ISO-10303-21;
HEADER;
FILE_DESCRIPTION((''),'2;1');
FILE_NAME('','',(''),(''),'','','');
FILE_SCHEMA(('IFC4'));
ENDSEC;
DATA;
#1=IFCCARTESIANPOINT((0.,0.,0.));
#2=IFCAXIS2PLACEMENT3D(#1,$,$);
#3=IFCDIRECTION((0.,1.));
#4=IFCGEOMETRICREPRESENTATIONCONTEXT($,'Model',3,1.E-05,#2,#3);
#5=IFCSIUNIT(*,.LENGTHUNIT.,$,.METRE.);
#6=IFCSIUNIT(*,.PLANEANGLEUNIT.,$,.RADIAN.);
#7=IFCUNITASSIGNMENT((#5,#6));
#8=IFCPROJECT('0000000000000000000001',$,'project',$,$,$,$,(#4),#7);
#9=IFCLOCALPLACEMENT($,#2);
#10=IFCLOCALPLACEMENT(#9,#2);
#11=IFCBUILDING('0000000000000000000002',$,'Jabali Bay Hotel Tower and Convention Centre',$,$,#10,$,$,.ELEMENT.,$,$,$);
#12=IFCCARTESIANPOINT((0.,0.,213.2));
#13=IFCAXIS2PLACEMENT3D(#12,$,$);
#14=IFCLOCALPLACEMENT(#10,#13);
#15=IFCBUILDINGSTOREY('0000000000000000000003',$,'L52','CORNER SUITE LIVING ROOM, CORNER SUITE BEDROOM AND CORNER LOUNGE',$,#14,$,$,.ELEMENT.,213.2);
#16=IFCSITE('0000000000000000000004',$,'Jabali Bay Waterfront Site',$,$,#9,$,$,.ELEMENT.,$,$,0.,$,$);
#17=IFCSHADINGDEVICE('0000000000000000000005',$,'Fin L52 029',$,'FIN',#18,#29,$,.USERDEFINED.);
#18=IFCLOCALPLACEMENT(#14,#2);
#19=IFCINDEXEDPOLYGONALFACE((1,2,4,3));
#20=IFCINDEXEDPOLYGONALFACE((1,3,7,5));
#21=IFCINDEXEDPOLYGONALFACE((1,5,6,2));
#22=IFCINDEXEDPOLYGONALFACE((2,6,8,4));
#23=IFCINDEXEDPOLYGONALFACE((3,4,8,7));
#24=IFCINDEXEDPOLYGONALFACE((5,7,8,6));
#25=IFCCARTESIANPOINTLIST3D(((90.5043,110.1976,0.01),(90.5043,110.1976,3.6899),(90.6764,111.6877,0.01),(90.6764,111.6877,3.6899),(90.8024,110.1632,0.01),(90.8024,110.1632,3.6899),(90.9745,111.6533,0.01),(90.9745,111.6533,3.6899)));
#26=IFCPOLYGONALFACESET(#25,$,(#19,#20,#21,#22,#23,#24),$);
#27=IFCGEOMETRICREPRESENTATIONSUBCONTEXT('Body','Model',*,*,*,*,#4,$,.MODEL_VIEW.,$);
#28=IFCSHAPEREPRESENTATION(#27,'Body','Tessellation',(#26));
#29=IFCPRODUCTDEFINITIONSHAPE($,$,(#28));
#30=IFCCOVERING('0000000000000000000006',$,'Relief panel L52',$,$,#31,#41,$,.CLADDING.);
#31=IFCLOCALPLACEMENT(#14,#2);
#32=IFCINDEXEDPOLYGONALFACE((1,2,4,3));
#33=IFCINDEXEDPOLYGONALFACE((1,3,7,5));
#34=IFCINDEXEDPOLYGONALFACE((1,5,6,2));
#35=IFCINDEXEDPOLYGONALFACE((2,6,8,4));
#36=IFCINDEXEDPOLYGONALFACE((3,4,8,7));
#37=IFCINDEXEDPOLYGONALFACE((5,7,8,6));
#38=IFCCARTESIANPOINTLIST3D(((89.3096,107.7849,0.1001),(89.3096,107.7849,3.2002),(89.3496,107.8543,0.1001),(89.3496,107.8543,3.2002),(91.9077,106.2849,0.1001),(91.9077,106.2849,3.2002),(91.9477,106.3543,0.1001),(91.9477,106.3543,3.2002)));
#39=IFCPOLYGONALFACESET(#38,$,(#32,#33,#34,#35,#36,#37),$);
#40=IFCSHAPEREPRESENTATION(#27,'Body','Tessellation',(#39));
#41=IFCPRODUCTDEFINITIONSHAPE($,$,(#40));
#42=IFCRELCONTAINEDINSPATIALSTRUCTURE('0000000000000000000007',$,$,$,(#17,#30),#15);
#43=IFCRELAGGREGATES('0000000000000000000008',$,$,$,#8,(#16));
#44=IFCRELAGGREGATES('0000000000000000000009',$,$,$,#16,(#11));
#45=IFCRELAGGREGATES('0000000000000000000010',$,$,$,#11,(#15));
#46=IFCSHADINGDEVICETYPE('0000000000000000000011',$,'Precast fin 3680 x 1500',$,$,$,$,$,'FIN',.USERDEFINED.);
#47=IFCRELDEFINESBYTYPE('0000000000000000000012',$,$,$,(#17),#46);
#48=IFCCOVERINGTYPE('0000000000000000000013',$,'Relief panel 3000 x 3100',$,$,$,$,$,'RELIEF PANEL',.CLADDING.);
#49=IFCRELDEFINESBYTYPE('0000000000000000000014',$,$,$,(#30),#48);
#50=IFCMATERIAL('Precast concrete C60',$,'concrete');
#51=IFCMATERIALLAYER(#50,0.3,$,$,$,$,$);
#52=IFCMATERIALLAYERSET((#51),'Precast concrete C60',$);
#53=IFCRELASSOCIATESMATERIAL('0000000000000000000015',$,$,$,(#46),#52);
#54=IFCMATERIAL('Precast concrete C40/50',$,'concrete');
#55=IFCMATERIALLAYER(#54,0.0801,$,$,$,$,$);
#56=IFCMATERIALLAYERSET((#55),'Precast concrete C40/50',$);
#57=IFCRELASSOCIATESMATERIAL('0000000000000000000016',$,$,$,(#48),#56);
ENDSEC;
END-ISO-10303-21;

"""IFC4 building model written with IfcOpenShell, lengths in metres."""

from ifc_helpers import new_model, si_unit, direction, frame, frame_2d, origin, origin_2d, place, context, subcontext, project, spatial, rectangle, extrude, material, layer, layer_set, type_object, element, save


model = new_model("IFC4")

# Units and contexts
model_context = context("Model", 3, precision=1e-05, world=origin(), true_north=direction((0.0, 1.0)))
body_context = subcontext(model_context, "Body", "Model", "MODEL_VIEW")
ifc_project = project(units=[si_unit("LENGTHUNIT", "METRE"), si_unit("PLANEANGLEUNIT", "RADIAN")], contexts=[model_context])

# Site, building, storey
site_placement = place(None, origin())
site = spatial("IfcSite", under=ifc_project, at=site_placement, Name="Jabali Bay Waterfront Site", CompositionType="ELEMENT", RefElevation=0.0)
building_placement = place(site_placement, origin())
building = spatial("IfcBuilding", under=site, at=building_placement, Name="Jabali Bay Hotel Tower and Convention Centre", CompositionType="ELEMENT")
storey_placement = place(building_placement, frame((0.0, 0.0, 213.2)))
storey = spatial("IfcBuildingStorey", under=building, at=storey_placement, Name="L52", Description="CORNER SUITE LIVING ROOM, CORNER SUITE BEDROOM AND CORNER LOUNGE", CompositionType="ELEMENT", Elevation=213.2)

# Shading device
ifc_material_1 = material(Name="Precast concrete C60", Category="concrete")
ifc_layer_1 = layer(ifc_material_1, 0.3)
ifc_layer_set_1 = layer_set([ifc_layer_1], Name="Precast concrete C60")
shading_device_type_1 = type_object("IfcShadingDeviceType", Name="Precast fin 3680 x 1500", ElementType="FIN", PredefinedType="USERDEFINED", material=ifc_layer_set_1)
for number, where, z_axis, x_axis, name in (
    (1, (90.6533, 110.1804, 0.01), (0.0, 0.0, 1.0), (0.114754, 0.993394, 0.0), "Fin L52 029"),
):
    element("IfcShadingDevice", number, at=place(storey_placement, frame(where, z_axis=z_axis, x_axis=x_axis)), inside=storey, type_object=shading_device_type_1, Name=name, ObjectType="FIN", PredefinedType="USERDEFINED", context=body_context, shape_type="SweptSolid", body=[
        extrude(rectangle(XDim=1.5, YDim=0.3, at=frame_2d((0.75, 0.0))), origin(), (0.0, 0.0, 1.0), 3.6799),
    ])

# Covering
ifc_material_2 = material(Name="Precast concrete C40/50", Category="concrete")
ifc_layer_2 = layer(ifc_material_2, 0.0801)
ifc_layer_set_2 = layer_set([ifc_layer_2], Name="Precast concrete C40/50")
covering_type = type_object("IfcCoveringType", Name="Relief panel 3000 x 3100", ElementType="RELIEF PANEL", PredefinedType="CLADDING", material=ifc_layer_set_2)
covering_placement = place(storey_placement, frame((90.6287, 107.0696, 0.1001), z_axis=(0.0, 0.0, 1.0), x_axis=(0.866025, -0.5, 0.0)))
element("IfcCovering", 2, at=covering_placement, inside=storey, type_object=covering_type, Name="Relief panel L52", PredefinedType="CLADDING", context=body_context, shape_type="SweptSolid", body=[
    extrude(rectangle(XDim=3.0, YDim=0.0801, at=origin_2d()), origin(), (0.0, 0.0, 1.0), 3.1001),
])

save(model, "model.ifc")
